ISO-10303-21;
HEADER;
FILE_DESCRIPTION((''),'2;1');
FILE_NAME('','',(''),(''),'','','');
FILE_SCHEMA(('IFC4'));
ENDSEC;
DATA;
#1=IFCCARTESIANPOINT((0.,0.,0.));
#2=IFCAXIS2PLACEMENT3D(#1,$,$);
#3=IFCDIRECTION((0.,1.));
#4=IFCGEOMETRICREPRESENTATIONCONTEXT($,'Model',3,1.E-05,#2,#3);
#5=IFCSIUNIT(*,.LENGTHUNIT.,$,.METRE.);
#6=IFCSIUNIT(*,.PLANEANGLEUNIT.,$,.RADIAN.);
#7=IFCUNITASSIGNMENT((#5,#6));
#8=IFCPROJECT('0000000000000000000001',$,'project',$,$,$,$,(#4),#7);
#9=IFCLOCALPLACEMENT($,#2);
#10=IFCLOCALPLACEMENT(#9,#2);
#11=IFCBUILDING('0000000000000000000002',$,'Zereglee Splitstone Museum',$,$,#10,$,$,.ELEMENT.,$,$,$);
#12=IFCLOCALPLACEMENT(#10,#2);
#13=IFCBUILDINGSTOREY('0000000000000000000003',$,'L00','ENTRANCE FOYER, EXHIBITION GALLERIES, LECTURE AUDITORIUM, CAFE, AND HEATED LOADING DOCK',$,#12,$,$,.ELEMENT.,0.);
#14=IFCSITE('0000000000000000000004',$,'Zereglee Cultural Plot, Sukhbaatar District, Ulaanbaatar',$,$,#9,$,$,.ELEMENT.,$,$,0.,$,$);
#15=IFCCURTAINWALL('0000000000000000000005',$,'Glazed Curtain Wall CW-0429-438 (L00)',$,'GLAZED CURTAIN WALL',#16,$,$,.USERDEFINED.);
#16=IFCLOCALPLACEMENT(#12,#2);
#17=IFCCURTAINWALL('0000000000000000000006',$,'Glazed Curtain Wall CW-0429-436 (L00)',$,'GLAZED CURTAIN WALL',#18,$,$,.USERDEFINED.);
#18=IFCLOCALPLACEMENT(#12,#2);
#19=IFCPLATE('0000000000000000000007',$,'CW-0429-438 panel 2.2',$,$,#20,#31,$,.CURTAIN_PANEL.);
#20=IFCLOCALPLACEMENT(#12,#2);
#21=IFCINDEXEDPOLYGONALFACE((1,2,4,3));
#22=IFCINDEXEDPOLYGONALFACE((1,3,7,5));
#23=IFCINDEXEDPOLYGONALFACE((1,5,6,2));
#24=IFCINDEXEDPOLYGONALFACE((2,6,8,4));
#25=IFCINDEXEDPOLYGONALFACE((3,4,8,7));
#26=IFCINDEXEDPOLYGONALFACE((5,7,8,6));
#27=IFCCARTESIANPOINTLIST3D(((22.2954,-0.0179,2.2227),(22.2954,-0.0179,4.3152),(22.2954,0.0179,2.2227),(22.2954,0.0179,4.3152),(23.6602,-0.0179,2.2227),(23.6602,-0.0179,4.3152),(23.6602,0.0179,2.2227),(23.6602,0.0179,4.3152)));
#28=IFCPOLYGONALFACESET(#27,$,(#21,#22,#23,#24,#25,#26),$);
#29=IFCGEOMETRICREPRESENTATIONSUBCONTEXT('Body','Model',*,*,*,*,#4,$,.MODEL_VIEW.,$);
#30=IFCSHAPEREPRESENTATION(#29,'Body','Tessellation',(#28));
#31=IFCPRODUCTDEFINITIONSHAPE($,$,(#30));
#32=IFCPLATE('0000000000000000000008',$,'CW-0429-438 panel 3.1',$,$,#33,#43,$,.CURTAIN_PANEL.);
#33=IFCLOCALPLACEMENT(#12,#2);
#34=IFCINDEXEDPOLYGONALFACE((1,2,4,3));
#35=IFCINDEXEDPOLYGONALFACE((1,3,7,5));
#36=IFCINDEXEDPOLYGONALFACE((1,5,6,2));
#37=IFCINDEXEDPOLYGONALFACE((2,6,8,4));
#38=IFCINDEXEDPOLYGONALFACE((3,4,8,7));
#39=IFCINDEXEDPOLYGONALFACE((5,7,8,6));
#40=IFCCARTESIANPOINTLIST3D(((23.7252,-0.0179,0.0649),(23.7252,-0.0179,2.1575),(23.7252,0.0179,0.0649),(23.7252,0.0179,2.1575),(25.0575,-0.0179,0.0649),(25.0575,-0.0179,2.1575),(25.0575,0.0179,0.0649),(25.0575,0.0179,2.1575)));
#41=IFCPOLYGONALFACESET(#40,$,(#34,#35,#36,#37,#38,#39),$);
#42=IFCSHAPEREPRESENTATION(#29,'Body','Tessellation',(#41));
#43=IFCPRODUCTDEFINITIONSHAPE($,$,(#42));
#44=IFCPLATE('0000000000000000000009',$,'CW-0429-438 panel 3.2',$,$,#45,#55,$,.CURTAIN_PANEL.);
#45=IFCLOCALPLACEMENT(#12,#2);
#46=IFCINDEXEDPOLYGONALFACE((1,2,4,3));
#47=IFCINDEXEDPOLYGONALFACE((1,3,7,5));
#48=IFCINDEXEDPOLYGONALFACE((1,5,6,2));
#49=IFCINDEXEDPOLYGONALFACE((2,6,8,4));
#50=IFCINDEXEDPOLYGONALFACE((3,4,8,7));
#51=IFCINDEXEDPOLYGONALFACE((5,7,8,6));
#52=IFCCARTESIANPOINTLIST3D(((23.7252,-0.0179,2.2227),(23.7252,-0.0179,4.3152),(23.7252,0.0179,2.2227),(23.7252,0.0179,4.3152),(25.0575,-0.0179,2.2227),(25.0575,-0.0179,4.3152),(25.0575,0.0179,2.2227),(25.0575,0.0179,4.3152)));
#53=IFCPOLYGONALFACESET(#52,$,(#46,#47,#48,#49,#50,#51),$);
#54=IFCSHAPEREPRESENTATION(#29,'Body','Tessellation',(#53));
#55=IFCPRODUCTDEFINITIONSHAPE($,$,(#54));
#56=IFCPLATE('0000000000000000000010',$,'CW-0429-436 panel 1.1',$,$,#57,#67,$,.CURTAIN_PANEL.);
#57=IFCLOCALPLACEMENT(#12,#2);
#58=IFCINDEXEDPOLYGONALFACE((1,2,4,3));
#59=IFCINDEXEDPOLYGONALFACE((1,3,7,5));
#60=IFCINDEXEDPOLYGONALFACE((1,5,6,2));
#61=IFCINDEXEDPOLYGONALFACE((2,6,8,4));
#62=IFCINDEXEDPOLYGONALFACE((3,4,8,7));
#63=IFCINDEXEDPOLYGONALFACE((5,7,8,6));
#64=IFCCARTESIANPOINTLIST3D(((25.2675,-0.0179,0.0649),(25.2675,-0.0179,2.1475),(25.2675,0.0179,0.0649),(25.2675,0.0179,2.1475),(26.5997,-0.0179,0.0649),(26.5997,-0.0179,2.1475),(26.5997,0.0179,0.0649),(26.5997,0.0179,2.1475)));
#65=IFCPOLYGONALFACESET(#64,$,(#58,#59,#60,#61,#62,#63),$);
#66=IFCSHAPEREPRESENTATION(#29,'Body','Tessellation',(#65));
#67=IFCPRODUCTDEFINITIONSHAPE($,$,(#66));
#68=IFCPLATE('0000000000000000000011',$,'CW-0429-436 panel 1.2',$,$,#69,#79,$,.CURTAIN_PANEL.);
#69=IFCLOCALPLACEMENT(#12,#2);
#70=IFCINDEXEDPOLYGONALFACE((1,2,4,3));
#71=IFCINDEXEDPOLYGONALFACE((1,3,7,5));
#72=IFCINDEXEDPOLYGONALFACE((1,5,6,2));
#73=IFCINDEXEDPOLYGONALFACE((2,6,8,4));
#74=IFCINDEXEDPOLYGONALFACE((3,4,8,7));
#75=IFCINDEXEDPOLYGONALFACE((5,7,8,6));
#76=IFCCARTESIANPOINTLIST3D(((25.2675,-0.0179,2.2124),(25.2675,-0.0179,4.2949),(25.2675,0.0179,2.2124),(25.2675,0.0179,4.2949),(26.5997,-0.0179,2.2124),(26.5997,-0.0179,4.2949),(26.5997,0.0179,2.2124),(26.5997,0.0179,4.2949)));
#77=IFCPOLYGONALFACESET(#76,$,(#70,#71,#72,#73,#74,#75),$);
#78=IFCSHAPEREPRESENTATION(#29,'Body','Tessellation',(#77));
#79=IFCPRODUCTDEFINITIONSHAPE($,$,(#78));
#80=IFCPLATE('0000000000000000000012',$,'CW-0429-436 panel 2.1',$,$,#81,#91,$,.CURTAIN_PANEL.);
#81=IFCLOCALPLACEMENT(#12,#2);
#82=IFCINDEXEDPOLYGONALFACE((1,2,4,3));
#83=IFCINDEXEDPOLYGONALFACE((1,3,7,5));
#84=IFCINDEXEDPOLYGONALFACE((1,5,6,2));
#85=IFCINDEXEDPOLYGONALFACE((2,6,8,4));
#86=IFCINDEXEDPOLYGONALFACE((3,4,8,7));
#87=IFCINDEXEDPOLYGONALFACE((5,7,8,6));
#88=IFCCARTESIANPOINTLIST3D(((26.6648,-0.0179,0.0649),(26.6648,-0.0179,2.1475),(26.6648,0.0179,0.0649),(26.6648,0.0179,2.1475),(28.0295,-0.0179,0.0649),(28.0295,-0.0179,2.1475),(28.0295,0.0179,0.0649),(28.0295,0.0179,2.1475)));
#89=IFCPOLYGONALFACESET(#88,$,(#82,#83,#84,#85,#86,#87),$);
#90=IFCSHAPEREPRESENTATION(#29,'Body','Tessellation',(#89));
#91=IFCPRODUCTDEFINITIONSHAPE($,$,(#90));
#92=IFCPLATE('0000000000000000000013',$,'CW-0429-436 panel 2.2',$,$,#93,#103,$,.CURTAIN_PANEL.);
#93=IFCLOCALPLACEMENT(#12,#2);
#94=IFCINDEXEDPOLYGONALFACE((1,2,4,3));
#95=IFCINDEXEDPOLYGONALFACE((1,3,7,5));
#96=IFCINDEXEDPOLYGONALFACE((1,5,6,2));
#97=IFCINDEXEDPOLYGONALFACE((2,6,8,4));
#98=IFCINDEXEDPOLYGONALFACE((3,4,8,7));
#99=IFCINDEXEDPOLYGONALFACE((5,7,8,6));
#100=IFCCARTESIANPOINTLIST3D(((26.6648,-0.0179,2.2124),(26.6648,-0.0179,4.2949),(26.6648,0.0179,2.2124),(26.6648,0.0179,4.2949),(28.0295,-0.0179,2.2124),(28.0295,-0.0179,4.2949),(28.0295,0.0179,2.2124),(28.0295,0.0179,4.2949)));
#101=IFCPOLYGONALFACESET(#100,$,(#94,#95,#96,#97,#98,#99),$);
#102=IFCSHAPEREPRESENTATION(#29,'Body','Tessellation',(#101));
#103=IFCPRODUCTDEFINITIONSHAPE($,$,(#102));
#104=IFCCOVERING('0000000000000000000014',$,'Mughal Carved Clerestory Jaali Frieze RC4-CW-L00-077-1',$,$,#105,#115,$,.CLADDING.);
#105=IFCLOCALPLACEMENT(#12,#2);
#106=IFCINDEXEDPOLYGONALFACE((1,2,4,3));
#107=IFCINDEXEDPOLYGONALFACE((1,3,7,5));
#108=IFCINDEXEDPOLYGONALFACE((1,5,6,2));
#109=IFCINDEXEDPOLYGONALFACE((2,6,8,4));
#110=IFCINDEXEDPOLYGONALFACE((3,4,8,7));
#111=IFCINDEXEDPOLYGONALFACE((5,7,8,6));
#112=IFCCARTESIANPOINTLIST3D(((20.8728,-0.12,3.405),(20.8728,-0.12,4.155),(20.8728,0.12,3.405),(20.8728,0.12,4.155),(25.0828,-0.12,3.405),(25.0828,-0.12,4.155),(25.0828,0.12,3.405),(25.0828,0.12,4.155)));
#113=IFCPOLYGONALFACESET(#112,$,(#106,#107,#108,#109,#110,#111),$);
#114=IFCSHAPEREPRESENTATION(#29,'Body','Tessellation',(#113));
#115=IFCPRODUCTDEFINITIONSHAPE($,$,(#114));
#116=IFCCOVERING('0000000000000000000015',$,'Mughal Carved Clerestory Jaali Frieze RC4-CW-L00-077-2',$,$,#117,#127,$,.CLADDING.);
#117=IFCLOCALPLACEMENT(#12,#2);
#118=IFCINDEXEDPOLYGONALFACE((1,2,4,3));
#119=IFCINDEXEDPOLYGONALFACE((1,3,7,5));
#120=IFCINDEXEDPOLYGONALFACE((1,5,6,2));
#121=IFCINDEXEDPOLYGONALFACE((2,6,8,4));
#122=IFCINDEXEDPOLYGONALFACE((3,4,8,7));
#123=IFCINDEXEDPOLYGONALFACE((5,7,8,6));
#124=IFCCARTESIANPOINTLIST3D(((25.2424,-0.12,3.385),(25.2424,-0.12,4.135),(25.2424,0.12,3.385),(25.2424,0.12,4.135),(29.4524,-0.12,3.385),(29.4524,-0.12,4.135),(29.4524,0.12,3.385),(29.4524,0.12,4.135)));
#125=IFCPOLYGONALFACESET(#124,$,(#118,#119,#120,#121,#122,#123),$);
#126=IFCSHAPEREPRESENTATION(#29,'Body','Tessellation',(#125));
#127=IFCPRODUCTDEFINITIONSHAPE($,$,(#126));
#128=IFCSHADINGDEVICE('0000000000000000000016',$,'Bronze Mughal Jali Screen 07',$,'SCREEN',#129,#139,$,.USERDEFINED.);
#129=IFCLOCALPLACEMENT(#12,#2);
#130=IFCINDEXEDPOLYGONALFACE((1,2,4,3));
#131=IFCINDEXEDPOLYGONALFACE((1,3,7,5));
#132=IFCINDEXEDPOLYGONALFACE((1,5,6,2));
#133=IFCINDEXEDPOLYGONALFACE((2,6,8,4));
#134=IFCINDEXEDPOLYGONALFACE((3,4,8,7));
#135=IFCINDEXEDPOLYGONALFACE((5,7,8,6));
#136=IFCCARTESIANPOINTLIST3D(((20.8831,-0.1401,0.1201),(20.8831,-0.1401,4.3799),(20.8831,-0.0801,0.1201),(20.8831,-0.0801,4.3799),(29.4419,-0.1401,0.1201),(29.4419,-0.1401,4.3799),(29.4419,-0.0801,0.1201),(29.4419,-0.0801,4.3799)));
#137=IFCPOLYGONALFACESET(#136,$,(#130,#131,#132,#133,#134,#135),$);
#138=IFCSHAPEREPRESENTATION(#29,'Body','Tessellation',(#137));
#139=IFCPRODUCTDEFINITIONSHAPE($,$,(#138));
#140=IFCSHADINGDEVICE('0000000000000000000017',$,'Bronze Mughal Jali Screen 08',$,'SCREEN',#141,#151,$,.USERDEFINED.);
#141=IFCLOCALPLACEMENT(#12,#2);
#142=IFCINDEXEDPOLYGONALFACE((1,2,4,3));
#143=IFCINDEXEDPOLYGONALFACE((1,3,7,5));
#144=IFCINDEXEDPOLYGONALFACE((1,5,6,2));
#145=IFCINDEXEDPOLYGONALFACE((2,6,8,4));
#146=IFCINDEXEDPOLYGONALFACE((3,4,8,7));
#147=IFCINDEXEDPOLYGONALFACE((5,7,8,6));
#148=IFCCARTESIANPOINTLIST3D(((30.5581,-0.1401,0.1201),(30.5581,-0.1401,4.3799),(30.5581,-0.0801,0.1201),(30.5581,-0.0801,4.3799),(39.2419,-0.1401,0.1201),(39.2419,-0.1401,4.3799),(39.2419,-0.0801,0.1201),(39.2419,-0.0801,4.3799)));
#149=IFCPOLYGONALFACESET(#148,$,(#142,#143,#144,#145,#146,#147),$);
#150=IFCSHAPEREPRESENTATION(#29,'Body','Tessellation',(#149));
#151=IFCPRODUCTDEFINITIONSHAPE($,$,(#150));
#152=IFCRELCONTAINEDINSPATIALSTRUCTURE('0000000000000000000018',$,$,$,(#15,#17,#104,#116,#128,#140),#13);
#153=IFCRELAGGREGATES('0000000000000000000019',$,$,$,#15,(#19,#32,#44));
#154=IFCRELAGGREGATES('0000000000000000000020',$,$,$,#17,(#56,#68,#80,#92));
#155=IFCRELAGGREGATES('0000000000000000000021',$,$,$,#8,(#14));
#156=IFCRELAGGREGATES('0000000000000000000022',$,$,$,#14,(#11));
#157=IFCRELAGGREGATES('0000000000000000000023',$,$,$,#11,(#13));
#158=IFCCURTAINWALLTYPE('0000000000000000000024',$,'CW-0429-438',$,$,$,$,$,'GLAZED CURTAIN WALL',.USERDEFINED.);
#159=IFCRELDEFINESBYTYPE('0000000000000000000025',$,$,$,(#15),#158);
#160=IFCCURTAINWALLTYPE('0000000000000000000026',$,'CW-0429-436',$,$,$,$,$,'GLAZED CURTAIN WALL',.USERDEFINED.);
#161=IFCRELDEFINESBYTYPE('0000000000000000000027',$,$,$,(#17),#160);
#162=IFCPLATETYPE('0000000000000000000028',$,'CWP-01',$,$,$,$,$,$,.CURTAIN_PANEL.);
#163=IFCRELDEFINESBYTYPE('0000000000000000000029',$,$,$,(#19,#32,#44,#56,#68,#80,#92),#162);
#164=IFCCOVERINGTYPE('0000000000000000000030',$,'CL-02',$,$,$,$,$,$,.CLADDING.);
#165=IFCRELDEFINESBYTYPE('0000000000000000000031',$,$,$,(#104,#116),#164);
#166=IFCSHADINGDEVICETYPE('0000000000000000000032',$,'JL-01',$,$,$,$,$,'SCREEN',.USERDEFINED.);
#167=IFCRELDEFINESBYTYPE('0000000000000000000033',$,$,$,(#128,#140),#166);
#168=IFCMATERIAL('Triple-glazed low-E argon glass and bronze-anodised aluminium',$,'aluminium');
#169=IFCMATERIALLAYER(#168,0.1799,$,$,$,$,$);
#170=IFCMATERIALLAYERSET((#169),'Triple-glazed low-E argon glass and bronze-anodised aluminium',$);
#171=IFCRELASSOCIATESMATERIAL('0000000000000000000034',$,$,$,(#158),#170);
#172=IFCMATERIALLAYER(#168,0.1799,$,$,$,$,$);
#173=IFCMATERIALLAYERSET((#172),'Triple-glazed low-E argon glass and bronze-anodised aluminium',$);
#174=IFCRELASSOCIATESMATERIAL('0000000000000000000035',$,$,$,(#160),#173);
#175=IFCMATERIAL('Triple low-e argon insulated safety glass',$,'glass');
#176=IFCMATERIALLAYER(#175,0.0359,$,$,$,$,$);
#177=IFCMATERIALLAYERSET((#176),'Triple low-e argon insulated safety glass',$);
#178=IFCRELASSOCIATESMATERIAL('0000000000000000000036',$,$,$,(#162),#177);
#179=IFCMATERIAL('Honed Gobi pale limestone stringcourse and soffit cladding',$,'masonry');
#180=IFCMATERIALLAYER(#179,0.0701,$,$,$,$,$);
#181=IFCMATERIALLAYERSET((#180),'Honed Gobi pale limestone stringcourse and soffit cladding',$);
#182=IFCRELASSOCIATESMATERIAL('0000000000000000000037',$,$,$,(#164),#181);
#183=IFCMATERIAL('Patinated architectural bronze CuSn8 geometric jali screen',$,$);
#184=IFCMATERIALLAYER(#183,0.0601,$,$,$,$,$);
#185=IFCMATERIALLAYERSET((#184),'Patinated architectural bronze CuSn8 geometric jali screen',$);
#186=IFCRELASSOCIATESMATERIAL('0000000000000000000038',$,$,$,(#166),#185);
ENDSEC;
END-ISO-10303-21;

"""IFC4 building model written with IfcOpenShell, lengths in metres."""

from ifc_helpers import new_model, si_unit, direction, frame, origin, origin_2d, place, context, subcontext, project, spatial, polyline, rectangle, outline, extrude, material, layer, layer_set, type_object, element, aggregate, save


model = new_model("IFC4")

# Units and contexts
model_context = context("Model", 3, precision=1e-05, world=origin(), true_north=direction((0.0, 1.0)))
body_context = subcontext(model_context, "Body", "Model", "MODEL_VIEW")
ifc_project = project(units=[si_unit("LENGTHUNIT", "METRE"), si_unit("PLANEANGLEUNIT", "RADIAN")], contexts=[model_context])

# Site, building, storey
site_placement = place(None, origin())
site = spatial("IfcSite", under=ifc_project, at=site_placement, Name="Zereglee Cultural Plot, Sukhbaatar District, Ulaanbaatar", CompositionType="ELEMENT", RefElevation=0.0)
building_placement = place(site_placement, origin())
building = spatial("IfcBuilding", under=site, at=building_placement, Name="Zereglee Splitstone Museum", CompositionType="ELEMENT")
storey_placement = place(building_placement, origin())
storey = spatial("IfcBuildingStorey", under=building, at=storey_placement, Name="L00", Description="ENTRANCE FOYER, EXHIBITION GALLERIES, LECTURE AUDITORIUM, CAFE, AND HEATED LOADING DOCK", CompositionType="ELEMENT", Elevation=0.0)

# Curtain walls
ifc_material_1 = material(Name="Triple-glazed low-E argon glass and bronze-anodised aluminium", Category="aluminium")
ifc_layer_1 = layer(ifc_material_1, 0.1799)
ifc_layer_set_1 = layer_set([ifc_layer_1], Name="Triple-glazed low-E argon glass and bronze-anodised aluminium")
curtain_wall_type_1 = type_object("IfcCurtainWallType", Name="CW-0429-438", ElementType="GLAZED CURTAIN WALL", PredefinedType="USERDEFINED", material=ifc_layer_set_1)
curtain_wall_1_placement = place(storey_placement, origin())
curtain_wall_1 = element("IfcCurtainWall", 1, at=curtain_wall_1_placement, inside=storey, type_object=curtain_wall_type_1, Name="Glazed Curtain Wall CW-0429-438 (L00)", ObjectType="GLAZED CURTAIN WALL", PredefinedType="USERDEFINED")
ifc_layer_2 = layer(ifc_material_1, 0.1799)
ifc_layer_set_2 = layer_set([ifc_layer_2], Name="Triple-glazed low-E argon glass and bronze-anodised aluminium")
curtain_wall_type_2 = type_object("IfcCurtainWallType", Name="CW-0429-436", ElementType="GLAZED CURTAIN WALL", PredefinedType="USERDEFINED", material=ifc_layer_set_2)
curtain_wall_2_placement = place(storey_placement, origin())
curtain_wall_2 = element("IfcCurtainWall", 2, at=curtain_wall_2_placement, inside=storey, type_object=curtain_wall_type_2, Name="Glazed Curtain Wall CW-0429-436 (L00)", ObjectType="GLAZED CURTAIN WALL", PredefinedType="USERDEFINED")

# Plates
ifc_material_2 = material(Name="Triple low-e argon insulated safety glass", Category="glass")
ifc_layer_3 = layer(ifc_material_2, 0.0359)
ifc_layer_set_3 = layer_set([ifc_layer_3], Name="Triple low-e argon insulated safety glass")
plate_type = type_object("IfcPlateType", Name="CWP-01", PredefinedType="CURTAIN_PANEL", material=ifc_layer_set_3)
plate_1_placement = place(storey_placement, frame((22.9778, 0.0, 2.2227), z_axis=(0.0, 0.0, 1.0), x_axis=(1.0, 0.0, 0.0)))
plate_1 = element("IfcPlate", 3, at=plate_1_placement, type_object=plate_type, Name="CW-0429-438 panel 2.2", PredefinedType="CURTAIN_PANEL", context=body_context, shape_type="SweptSolid", body=[
    extrude(rectangle(XDim=1.3647, YDim=0.0359, at=origin_2d()), origin(), (0.0, 0.0, 1.0), 2.0925),
])
plate_2_placement = place(storey_placement, frame((24.3914, 0.0, 0.0649), z_axis=(0.0, 0.0, 1.0), x_axis=(1.0, 0.0, 0.0)))
plate_2 = element("IfcPlate", 4, at=plate_2_placement, type_object=plate_type, Name="CW-0429-438 panel 3.1", PredefinedType="CURTAIN_PANEL", context=body_context, shape_type="SweptSolid", body=[
    extrude(rectangle(XDim=1.3323, YDim=0.0359, at=origin_2d()), origin(), (0.0, 0.0, 1.0), 2.0925),
])
plate_3_placement = place(storey_placement, frame((24.3914, 0.0, 2.2227), z_axis=(0.0, 0.0, 1.0), x_axis=(1.0, 0.0, 0.0)))
plate_3 = element("IfcPlate", 5, at=plate_3_placement, type_object=plate_type, Name="CW-0429-438 panel 3.2", PredefinedType="CURTAIN_PANEL", context=body_context, shape_type="SweptSolid", body=[
    extrude(rectangle(XDim=1.3323, YDim=0.0359, at=origin_2d()), origin(), (0.0, 0.0, 1.0), 2.0925),
])
aggregate(curtain_wall_1, [plate_1, plate_2, plate_3])
plate_4_placement = place(storey_placement, frame((25.9336, 0.0, 0.0649), z_axis=(0.0, 0.0, 1.0), x_axis=(1.0, 0.0, 0.0)))
plate_4 = element("IfcPlate", 6, at=plate_4_placement, type_object=plate_type, Name="CW-0429-436 panel 1.1", PredefinedType="CURTAIN_PANEL", context=body_context, shape_type="SweptSolid", body=[
    extrude(rectangle(XDim=1.3323, YDim=0.0359, at=origin_2d()), origin(), (0.0, 0.0, 1.0), 2.0825),
])
plate_5_placement = place(storey_placement, frame((25.9336, 0.0, 2.2124), z_axis=(0.0, 0.0, 1.0), x_axis=(1.0, 0.0, 0.0)))
plate_5 = element("IfcPlate", 7, at=plate_5_placement, type_object=plate_type, Name="CW-0429-436 panel 1.2", PredefinedType="CURTAIN_PANEL", context=body_context, shape_type="SweptSolid", body=[
    extrude(rectangle(XDim=1.3323, YDim=0.0359, at=origin_2d()), origin(), (0.0, 0.0, 1.0), 2.0825),
])
plate_6_placement = place(storey_placement, frame((27.3472, 0.0, 0.0649), z_axis=(0.0, 0.0, 1.0), x_axis=(1.0, 0.0, 0.0)))
plate_6 = element("IfcPlate", 8, at=plate_6_placement, type_object=plate_type, Name="CW-0429-436 panel 2.1", PredefinedType="CURTAIN_PANEL", context=body_context, shape_type="SweptSolid", body=[
    extrude(rectangle(XDim=1.3647, YDim=0.0359, at=origin_2d()), origin(), (0.0, 0.0, 1.0), 2.0825),
])
plate_7_placement = place(storey_placement, frame((27.3472, 0.0, 2.2124), z_axis=(0.0, 0.0, 1.0), x_axis=(1.0, 0.0, 0.0)))
plate_7 = element("IfcPlate", 9, at=plate_7_placement, type_object=plate_type, Name="CW-0429-436 panel 2.2", PredefinedType="CURTAIN_PANEL", context=body_context, shape_type="SweptSolid", body=[
    extrude(rectangle(XDim=1.3647, YDim=0.0359, at=origin_2d()), origin(), (0.0, 0.0, 1.0), 2.0825),
])
aggregate(curtain_wall_2, [plate_4, plate_5, plate_6, plate_7])

# Coverings
ifc_material_3 = material(Name="Honed Gobi pale limestone stringcourse and soffit cladding", Category="masonry")
ifc_layer_4 = layer(ifc_material_3, 0.0701)
ifc_layer_set_4 = layer_set([ifc_layer_4], Name="Honed Gobi pale limestone stringcourse and soffit cladding")
covering_type = type_object("IfcCoveringType", Name="CL-02", PredefinedType="CLADDING", material=ifc_layer_set_4)
for number, where, z_axis, x_axis, name in (
    (10, (22.9778, 0.0, 3.405), (0.0, 0.0, 1.0), (1.0, 0.0, 0.0), "Mughal Carved Clerestory Jaali Frieze RC4-CW-L00-077-1"),
    (11, (27.3474, 0.0, 3.385), (0.0, 0.0, 1.0), (1.0, 0.0, 0.0), "Mughal Carved Clerestory Jaali Frieze RC4-CW-L00-077-2"),
):
    element("IfcCovering", number, at=place(storey_placement, frame(where, z_axis=z_axis, x_axis=x_axis)), inside=storey, type_object=covering_type, Name=name, PredefinedType="CLADDING", context=body_context, shape_type="SweptSolid", body=[
        extrude(rectangle(XDim=4.21, YDim=0.24, at=origin_2d()), origin(), (0.0, 0.0, 1.0), 0.75),
    ])

# Shading devices
ifc_material_4 = material(Name="Patinated architectural bronze CuSn8 geometric jali screen")
ifc_layer_5 = layer(ifc_material_4, 0.0601)
ifc_layer_set_5 = layer_set([ifc_layer_5], Name="Patinated architectural bronze CuSn8 geometric jali screen")
shading_device_type = type_object("IfcShadingDeviceType", Name="JL-01", ElementType="SCREEN", PredefinedType="USERDEFINED", material=ifc_layer_set_5)
shading_device_1_placement = place(storey_placement, frame((20.8831, -0.0801, 0.1201), z_axis=(0.0, -1.0, 0.0), x_axis=(1.0, 0.0, 0.0)))
element("IfcShadingDevice", 12, at=shading_device_1_placement, inside=storey, type_object=shading_device_type, Name="Bronze Mughal Jali Screen 07", ObjectType="SCREEN", PredefinedType="USERDEFINED", context=body_context, shape_type="SweptSolid", body=[
    extrude(outline(polyline([(0.0, 0.0), (8.5588, 0.0), (8.5588, 4.2598), (0.0, 4.2598), (0.0, 0.0)])), origin(), (0.0, 0.0, 1.0), 0.0601),
])
shading_device_2_placement = place(storey_placement, frame((30.5581, -0.0801, 0.1201), z_axis=(0.0, -1.0, 0.0), x_axis=(1.0, 0.0, 0.0)))
element("IfcShadingDevice", 13, at=shading_device_2_placement, inside=storey, type_object=shading_device_type, Name="Bronze Mughal Jali Screen 08", ObjectType="SCREEN", PredefinedType="USERDEFINED", context=body_context, shape_type="SweptSolid", body=[
    extrude(outline(polyline([(0.0, 0.0), (8.6838, 0.0), (8.6838, 4.2598), (0.0, 4.2598), (0.0, 0.0)])), origin(), (0.0, 0.0, 1.0), 0.0601),
])

save(model, "model.ifc")
